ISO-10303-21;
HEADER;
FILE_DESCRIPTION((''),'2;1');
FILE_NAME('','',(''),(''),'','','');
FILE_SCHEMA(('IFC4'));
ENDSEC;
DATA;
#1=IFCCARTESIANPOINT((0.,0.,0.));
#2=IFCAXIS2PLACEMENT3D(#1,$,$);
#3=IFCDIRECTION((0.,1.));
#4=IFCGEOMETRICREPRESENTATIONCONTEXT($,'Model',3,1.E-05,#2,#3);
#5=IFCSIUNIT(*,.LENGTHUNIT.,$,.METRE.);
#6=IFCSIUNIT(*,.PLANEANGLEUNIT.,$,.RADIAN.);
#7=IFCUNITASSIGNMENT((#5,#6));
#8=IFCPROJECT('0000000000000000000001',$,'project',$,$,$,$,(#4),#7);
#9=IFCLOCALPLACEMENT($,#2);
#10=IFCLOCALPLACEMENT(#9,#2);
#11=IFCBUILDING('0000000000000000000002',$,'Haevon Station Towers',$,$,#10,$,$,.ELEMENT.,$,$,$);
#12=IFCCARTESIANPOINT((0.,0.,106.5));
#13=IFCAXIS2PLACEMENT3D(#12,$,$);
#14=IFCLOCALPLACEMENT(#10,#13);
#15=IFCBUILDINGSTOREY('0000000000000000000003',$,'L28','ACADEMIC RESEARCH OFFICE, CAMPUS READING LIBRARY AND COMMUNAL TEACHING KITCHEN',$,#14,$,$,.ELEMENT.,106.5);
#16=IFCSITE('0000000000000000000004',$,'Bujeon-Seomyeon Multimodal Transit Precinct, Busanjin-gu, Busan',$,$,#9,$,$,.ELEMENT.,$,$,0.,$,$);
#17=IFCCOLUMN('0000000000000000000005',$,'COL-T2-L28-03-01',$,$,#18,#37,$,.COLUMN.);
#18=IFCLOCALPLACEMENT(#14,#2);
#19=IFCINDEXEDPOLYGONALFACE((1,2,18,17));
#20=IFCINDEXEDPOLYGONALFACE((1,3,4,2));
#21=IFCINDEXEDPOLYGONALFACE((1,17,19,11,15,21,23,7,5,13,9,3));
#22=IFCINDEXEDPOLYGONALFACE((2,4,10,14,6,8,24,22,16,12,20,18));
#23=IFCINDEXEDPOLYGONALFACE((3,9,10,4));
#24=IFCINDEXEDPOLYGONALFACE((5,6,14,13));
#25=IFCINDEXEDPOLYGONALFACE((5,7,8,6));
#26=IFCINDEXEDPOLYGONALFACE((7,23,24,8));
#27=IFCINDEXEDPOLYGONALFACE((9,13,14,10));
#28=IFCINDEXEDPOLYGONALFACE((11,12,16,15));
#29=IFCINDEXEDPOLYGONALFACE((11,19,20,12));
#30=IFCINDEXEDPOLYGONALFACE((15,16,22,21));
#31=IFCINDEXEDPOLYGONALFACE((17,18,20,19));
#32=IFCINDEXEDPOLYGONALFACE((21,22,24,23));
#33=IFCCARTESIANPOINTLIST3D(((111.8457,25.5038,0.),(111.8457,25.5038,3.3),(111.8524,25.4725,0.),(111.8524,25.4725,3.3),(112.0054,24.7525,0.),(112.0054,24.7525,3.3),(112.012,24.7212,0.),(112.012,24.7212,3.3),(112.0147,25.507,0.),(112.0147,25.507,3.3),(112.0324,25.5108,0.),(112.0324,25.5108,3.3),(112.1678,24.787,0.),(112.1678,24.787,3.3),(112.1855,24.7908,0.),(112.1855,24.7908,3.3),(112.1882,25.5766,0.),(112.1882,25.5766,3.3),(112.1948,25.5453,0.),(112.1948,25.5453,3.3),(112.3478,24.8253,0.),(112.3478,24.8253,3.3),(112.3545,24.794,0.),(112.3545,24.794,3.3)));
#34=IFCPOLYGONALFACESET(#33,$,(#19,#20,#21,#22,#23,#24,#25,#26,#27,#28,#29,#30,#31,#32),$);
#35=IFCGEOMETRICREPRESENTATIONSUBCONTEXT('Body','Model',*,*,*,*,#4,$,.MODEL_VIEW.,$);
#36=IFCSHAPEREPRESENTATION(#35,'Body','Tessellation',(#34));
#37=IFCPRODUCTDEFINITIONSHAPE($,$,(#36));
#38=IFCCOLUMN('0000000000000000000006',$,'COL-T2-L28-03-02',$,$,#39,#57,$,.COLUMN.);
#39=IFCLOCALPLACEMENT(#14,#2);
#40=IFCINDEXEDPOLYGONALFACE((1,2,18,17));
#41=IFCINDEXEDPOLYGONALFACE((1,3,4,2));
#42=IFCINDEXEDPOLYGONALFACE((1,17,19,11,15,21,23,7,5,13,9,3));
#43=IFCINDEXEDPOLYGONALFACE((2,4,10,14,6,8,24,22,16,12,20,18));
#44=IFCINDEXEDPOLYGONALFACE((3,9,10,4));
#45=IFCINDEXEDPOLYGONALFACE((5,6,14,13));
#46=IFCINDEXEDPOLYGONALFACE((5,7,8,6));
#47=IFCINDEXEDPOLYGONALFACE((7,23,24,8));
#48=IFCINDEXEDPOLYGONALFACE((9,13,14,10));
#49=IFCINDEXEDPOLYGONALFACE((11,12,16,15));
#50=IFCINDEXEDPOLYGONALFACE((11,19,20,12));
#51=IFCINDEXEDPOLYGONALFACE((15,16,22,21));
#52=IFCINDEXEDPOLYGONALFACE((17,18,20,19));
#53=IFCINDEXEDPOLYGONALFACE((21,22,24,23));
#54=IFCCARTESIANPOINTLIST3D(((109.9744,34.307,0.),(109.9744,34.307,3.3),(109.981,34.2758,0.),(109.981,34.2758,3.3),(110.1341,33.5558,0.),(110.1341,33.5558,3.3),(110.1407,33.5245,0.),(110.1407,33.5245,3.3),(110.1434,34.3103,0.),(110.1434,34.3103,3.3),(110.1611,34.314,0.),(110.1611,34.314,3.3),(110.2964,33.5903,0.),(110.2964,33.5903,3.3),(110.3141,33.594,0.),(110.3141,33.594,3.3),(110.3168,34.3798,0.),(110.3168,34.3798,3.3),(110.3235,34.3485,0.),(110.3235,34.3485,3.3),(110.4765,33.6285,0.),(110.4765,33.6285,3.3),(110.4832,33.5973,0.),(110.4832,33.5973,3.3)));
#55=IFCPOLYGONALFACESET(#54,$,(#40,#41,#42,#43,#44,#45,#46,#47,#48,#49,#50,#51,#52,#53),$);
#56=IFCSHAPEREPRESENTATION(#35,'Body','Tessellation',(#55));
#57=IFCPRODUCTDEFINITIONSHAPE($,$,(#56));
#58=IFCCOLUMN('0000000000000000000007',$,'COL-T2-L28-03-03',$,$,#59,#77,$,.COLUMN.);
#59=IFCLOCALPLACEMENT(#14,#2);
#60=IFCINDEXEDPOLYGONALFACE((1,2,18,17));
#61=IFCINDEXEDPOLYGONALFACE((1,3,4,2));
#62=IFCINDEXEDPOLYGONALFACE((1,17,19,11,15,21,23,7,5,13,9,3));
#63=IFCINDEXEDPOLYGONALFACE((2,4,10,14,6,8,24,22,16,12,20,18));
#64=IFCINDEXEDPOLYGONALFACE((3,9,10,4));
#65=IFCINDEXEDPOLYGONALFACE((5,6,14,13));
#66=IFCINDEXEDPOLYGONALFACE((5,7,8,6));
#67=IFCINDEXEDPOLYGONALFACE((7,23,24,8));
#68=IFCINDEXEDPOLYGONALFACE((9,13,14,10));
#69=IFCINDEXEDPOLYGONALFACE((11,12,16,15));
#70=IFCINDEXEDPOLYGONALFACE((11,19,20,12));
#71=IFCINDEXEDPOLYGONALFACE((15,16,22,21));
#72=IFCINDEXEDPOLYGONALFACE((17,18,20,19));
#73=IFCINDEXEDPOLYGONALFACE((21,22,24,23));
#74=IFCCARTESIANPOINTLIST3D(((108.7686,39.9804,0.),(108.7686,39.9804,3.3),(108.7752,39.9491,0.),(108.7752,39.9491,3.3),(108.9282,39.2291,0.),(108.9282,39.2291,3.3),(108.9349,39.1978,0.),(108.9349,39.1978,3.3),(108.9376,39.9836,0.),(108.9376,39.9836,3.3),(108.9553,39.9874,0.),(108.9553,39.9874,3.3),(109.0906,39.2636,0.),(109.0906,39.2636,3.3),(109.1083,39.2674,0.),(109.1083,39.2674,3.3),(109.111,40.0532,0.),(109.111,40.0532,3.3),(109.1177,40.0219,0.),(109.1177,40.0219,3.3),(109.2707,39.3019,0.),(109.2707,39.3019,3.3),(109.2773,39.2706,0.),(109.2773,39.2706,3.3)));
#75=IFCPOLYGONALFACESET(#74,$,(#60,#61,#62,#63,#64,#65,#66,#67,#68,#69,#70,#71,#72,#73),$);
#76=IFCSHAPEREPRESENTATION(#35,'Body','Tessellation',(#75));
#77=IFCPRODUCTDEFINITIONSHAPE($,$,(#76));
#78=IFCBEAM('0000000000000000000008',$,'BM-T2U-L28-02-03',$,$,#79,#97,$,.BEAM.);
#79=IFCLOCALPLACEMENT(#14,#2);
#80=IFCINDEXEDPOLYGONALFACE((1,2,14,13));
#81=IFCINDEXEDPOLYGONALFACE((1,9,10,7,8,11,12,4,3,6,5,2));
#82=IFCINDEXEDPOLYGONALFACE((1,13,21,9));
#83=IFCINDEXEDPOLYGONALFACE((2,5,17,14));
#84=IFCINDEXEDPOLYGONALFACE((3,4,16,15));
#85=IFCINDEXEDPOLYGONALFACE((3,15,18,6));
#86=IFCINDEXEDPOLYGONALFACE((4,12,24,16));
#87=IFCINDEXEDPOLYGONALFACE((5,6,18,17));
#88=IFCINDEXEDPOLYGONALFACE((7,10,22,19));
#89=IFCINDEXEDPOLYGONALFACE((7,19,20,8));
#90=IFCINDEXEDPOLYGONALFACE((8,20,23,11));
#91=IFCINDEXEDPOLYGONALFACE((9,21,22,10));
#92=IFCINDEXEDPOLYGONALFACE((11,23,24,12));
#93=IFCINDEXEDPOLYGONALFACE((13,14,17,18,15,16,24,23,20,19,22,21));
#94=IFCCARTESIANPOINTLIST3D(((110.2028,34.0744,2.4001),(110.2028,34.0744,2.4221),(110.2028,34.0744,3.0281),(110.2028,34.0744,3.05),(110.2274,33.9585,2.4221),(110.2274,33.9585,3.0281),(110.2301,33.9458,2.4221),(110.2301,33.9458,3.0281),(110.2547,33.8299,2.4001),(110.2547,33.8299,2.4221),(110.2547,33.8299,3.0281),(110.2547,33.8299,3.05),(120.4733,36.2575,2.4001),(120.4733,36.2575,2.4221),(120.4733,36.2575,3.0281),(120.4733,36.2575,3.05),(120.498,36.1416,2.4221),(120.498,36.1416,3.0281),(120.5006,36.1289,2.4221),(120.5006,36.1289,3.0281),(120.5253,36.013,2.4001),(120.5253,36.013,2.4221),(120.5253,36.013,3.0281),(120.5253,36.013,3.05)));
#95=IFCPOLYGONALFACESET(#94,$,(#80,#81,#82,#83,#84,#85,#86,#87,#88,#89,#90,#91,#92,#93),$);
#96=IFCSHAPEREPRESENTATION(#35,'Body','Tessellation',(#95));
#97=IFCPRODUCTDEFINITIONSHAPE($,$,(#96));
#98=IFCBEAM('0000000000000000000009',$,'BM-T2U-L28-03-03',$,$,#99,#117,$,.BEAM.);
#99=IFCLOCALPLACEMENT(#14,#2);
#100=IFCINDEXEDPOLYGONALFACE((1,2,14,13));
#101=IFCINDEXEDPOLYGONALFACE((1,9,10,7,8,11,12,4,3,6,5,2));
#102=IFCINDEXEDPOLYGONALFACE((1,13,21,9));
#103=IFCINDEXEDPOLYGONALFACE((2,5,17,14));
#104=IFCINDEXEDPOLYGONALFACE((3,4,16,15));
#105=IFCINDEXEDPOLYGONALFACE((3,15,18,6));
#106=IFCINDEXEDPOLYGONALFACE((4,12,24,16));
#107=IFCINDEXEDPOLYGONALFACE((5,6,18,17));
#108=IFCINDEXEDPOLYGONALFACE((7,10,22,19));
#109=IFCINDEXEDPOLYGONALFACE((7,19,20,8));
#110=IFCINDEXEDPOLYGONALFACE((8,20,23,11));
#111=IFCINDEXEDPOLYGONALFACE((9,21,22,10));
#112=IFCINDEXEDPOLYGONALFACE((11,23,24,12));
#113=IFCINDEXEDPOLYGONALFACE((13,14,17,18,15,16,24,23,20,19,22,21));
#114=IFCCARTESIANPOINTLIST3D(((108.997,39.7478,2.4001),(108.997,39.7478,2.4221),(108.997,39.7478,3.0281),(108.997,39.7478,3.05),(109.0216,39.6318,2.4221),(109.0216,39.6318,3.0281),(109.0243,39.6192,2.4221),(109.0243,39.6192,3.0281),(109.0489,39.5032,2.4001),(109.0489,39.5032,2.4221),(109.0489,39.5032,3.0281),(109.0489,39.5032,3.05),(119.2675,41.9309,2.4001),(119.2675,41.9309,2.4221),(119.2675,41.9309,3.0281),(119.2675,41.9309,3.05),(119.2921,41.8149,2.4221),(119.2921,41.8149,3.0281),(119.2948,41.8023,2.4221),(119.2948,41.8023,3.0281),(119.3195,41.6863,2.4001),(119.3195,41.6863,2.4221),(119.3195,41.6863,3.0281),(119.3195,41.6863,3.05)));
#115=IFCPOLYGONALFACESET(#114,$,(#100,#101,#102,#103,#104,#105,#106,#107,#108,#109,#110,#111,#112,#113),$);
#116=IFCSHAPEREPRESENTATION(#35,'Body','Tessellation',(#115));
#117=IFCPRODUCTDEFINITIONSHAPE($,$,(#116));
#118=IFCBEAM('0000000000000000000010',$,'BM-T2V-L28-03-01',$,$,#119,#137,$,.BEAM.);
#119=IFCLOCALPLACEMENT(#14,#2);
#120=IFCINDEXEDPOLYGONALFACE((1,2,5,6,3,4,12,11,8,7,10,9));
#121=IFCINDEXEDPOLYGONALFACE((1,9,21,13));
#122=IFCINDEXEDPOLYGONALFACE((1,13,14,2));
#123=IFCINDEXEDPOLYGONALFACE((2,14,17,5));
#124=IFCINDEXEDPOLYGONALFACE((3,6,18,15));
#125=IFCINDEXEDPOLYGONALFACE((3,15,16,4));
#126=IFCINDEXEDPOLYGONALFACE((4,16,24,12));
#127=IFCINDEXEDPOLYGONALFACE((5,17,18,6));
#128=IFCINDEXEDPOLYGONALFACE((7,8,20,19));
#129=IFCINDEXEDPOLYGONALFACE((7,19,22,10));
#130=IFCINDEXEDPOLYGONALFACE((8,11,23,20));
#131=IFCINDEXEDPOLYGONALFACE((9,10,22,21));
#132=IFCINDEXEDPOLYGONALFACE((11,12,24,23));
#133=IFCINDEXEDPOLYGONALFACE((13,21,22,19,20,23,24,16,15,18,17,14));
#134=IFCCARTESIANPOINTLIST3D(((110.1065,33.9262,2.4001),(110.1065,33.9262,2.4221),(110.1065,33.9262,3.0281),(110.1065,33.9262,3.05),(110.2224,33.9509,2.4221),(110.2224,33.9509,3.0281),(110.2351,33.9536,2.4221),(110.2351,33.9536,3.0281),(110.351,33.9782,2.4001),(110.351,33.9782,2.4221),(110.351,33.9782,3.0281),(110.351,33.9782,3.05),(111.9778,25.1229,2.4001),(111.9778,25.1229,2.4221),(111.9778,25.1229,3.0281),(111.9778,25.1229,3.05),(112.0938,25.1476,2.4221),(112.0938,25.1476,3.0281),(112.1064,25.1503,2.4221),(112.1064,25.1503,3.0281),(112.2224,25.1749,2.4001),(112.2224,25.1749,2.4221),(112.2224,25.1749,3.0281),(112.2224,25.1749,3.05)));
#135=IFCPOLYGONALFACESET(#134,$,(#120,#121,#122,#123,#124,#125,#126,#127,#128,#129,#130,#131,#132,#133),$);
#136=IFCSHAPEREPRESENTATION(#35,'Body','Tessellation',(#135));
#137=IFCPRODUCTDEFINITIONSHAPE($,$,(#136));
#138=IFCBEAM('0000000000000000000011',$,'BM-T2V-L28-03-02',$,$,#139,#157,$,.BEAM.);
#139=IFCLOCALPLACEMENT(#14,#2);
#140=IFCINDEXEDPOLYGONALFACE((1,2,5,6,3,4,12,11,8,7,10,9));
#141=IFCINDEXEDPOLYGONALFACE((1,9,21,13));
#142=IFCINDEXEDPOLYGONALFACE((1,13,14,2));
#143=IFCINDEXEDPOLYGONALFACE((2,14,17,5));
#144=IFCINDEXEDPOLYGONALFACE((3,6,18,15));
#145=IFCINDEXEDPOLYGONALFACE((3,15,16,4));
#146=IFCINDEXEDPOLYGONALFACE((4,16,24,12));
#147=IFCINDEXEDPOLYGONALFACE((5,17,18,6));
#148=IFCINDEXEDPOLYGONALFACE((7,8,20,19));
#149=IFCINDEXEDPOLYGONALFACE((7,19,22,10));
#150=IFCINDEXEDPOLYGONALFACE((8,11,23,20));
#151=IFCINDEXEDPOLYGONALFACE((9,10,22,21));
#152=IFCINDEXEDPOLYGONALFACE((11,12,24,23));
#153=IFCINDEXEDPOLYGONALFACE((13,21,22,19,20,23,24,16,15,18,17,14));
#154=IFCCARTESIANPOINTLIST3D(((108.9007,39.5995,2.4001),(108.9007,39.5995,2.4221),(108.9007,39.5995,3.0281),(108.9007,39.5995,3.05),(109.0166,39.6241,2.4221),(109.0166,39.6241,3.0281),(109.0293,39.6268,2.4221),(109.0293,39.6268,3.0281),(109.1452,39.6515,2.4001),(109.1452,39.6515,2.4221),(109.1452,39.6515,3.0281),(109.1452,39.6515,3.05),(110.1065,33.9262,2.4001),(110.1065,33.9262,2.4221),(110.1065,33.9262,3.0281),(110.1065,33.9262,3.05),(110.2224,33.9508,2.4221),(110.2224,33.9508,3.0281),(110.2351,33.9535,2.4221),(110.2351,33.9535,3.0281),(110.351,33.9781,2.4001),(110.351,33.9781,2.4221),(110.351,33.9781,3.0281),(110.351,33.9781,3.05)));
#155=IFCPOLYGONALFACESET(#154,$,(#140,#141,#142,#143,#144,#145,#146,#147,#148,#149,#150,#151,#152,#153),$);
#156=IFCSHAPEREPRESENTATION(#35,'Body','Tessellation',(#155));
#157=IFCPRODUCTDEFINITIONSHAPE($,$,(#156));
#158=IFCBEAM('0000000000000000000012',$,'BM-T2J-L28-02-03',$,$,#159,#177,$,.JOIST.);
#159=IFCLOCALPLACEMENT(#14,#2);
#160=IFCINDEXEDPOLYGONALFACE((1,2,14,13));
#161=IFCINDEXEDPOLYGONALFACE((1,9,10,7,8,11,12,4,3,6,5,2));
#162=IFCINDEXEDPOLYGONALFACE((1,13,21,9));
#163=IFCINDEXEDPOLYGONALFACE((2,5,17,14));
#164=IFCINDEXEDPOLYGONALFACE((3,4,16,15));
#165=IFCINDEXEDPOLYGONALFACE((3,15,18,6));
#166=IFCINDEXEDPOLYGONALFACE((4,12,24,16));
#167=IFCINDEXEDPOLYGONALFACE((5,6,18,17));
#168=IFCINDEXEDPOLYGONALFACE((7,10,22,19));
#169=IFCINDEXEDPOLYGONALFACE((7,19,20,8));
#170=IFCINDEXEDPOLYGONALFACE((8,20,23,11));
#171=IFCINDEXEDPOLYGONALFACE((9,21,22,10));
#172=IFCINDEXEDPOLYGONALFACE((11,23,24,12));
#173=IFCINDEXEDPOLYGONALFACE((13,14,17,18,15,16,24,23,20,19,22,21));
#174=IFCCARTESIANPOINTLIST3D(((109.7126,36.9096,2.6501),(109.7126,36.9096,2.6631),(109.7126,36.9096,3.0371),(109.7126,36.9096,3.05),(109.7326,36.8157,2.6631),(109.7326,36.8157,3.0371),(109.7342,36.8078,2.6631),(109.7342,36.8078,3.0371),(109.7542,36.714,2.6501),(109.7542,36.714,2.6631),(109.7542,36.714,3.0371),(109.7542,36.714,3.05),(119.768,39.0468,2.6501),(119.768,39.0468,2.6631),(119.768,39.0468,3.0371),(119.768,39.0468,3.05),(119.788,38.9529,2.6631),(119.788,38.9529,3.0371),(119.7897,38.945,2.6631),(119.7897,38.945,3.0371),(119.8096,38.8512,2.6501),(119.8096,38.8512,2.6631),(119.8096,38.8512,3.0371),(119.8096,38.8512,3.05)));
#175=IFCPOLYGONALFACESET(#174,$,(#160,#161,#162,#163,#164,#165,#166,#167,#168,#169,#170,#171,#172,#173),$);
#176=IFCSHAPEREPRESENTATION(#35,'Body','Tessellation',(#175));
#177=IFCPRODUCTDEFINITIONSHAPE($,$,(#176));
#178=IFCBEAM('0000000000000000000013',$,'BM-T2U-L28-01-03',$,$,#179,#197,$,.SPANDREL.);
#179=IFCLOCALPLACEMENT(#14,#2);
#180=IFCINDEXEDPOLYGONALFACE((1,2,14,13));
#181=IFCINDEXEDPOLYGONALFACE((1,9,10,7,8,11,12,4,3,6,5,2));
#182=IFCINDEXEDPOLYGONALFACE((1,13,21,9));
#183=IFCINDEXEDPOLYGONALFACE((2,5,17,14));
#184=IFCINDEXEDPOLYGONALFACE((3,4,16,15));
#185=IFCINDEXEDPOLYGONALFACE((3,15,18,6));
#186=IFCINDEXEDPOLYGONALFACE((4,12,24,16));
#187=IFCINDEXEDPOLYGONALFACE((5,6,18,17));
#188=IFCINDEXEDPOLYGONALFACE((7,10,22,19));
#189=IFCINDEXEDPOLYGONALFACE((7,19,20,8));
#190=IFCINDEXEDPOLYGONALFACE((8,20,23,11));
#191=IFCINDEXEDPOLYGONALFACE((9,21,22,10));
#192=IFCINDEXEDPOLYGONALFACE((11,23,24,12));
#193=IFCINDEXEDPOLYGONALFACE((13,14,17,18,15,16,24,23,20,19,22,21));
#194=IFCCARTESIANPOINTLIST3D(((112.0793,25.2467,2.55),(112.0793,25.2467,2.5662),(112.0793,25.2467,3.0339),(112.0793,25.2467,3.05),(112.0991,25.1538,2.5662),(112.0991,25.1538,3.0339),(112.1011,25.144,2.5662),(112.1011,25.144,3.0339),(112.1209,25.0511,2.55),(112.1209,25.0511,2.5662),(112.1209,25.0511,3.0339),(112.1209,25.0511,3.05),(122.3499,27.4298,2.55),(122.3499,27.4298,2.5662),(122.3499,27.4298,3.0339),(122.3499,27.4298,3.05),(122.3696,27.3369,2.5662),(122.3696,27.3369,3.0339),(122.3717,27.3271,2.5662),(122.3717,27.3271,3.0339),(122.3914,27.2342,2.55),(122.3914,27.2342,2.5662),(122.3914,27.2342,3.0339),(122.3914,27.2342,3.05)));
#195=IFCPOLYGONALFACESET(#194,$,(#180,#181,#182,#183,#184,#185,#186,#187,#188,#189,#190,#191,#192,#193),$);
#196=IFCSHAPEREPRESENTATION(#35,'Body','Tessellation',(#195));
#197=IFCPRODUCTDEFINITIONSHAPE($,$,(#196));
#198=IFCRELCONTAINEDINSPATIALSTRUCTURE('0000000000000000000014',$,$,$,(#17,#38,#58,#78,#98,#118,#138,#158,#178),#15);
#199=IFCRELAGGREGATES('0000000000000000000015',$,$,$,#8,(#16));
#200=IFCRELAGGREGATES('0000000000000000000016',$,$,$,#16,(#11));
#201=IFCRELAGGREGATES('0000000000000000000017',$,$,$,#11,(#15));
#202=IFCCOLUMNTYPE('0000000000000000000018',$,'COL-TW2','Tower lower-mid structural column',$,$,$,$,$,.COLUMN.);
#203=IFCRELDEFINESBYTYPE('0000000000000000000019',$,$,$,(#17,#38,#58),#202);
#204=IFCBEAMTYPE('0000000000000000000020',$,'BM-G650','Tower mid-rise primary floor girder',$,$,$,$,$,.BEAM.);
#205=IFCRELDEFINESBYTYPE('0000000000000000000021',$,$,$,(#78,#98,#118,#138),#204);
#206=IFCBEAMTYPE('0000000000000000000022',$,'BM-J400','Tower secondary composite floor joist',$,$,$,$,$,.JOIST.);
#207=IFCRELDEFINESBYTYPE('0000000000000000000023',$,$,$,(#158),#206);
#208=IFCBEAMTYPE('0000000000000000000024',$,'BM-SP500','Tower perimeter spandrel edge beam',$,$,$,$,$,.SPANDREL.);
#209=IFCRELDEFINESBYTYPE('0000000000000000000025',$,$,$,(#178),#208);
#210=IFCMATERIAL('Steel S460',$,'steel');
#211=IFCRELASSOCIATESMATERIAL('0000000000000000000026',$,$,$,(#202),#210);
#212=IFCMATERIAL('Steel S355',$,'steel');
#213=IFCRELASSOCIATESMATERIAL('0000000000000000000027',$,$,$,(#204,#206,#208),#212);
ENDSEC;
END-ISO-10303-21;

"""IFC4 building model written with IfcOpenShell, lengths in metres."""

from ifc_helpers import new_model, si_unit, direction, frame, origin, origin_2d, place, context, subcontext, project, spatial, i_section, extrude, material, material_profile, profile_set, type_object, element, save


model = new_model("IFC4")

# Units and contexts
model_context = context("Model", 3, precision=1e-05, world=origin(), true_north=direction((0.0, 1.0)))
body_context = subcontext(model_context, "Body", "Model", "MODEL_VIEW")
ifc_project = project(units=[si_unit("LENGTHUNIT", "METRE"), si_unit("PLANEANGLEUNIT", "RADIAN")], contexts=[model_context])

# Site, building, storey
site_placement = place(None, origin())
site = spatial("IfcSite", under=ifc_project, at=site_placement, Name="Bujeon-Seomyeon Multimodal Transit Precinct, Busanjin-gu, Busan", CompositionType="ELEMENT", RefElevation=0.0)
building_placement = place(site_placement, origin())
building = spatial("IfcBuilding", under=site, at=building_placement, Name="Haevon Station Towers", CompositionType="ELEMENT")
storey_placement = place(building_placement, frame((0.0, 0.0, 106.5)))
storey = spatial("IfcBuildingStorey", under=building, at=storey_placement, Name="L28", Description="ACADEMIC RESEARCH OFFICE, CAMPUS READING LIBRARY AND COMMUNAL TEACHING KITCHEN", CompositionType="ELEMENT", Elevation=106.5)

# Columns
ifc_material_1 = material(Name="Steel S460", Category="steel")
ifc_material_profile_1 = material_profile(ifc_material_1, i_section(OverallWidth=0.3501, OverallDepth=0.8, WebThickness=0.0181, FlangeThickness=0.032, at=origin_2d()), Name="H-800x350x18x32")
ifc_profile_set_1 = profile_set([ifc_material_profile_1], Name="Steel S460")
column_type = type_object("IfcColumnType", Name="COL-TW2", Description="Tower lower-mid structural column", PredefinedType="COLUMN", material=ifc_profile_set_1)
for number, where, z_axis, x_axis, name in (
    (1, (112.1001, 25.1489, 0.0), (0.0, 0.0, 1.0), (0.978148, 0.207912, 0.0), "COL-T2-L28-03-01"),
    (2, (110.2288, 33.9521, 0.0), (0.0, 0.0, 1.0), (0.978148, 0.207912, 0.0), "COL-T2-L28-03-02"),
    (3, (109.0229, 39.6255, 0.0), (0.0, 0.0, 1.0), (0.978148, 0.207912, 0.0), "COL-T2-L28-03-03"),
):
    element("IfcColumn", number, at=place(storey_placement, frame(where, z_axis=z_axis, x_axis=x_axis)), inside=storey, type_object=column_type, Name=name, PredefinedType="COLUMN", context=body_context, shape_type="SweptSolid", body=[
        extrude(i_section(OverallWidth=0.3501, OverallDepth=0.8, WebThickness=0.0181, FlangeThickness=0.032, at=origin_2d()), origin(), (0.0, 0.0, 1.0), 3.3),
    ])

# Beams
ifc_material_2 = material(Name="Steel S355", Category="steel")
ifc_material_profile_2 = material_profile(ifc_material_2, i_section(OverallWidth=0.25, OverallDepth=0.6499, WebThickness=0.0129, FlangeThickness=0.022, at=origin_2d()), Name="H-650x250x13x22")
ifc_profile_set_2 = profile_set([ifc_material_profile_2], Name="Steel S355")
beam_type_1 = type_object("IfcBeamType", Name="BM-G650", Description="Tower mid-rise primary floor girder", PredefinedType="BEAM", material=ifc_profile_set_2)
for number, where, z_axis, x_axis, name in (
    (4, (110.2288, 33.9521, 2.7251), (0.978147, 0.207915, 0.0), (-0.207915, 0.978147, 0.0), "BM-T2U-L28-02-03"),
    (5, (109.0229, 39.6255, 2.7251), (0.978147, 0.207915, 0.0), (-0.207915, 0.978147, 0.0), "BM-T2U-L28-03-03"),
):
    element("IfcBeam", number, at=place(storey_placement, frame(where, z_axis=z_axis, x_axis=x_axis)), inside=storey, type_object=beam_type_1, Name=name, PredefinedType="BEAM", context=body_context, shape_type="SweptSolid", body=[
        extrude(i_section(OverallWidth=0.25, OverallDepth=0.6499, WebThickness=0.0129, FlangeThickness=0.022, at=origin_2d()), origin(), (0.0, 0.0, 1.0), 10.5),
    ])
beam_1_placement = place(storey_placement, frame((112.1001, 25.1489, 2.7251), z_axis=(-0.207928, 0.978144, 0.0), x_axis=(-0.978144, -0.207928, 0.0)))
element("IfcBeam", 6, at=beam_1_placement, inside=storey, type_object=beam_type_1, Name="BM-T2V-L28-03-01", PredefinedType="BEAM", context=body_context, shape_type="SweptSolid", body=[
    extrude(i_section(OverallWidth=0.25, OverallDepth=0.6499, WebThickness=0.0129, FlangeThickness=0.022, at=origin_2d()), origin(), (0.0, 0.0, 1.0), 9.0),
])
beam_2_placement = place(storey_placement, frame((110.2288, 33.9521, 2.7251), z_axis=(-0.207896, 0.978151, 0.0), x_axis=(-0.978151, -0.207896, 0.0)))
element("IfcBeam", 7, at=beam_2_placement, inside=storey, type_object=beam_type_1, Name="BM-T2V-L28-03-02", PredefinedType="BEAM", context=body_context, shape_type="SweptSolid", body=[
    extrude(i_section(OverallWidth=0.25, OverallDepth=0.6499, WebThickness=0.0129, FlangeThickness=0.022, at=origin_2d()), origin(), (0.0, 0.0, 1.0), 5.8),
])
ifc_material_profile_3 = material_profile(ifc_material_2, i_section(OverallWidth=0.2, OverallDepth=0.3999, WebThickness=0.0081, FlangeThickness=0.0129, at=origin_2d()), Name="H-400x200x8x13")
ifc_profile_set_3 = profile_set([ifc_material_profile_3], Name="Steel S355")
beam_type_2 = type_object("IfcBeamType", Name="BM-J400", Description="Tower secondary composite floor joist", PredefinedType="JOIST", material=ifc_profile_set_3)
beam_3_placement = place(storey_placement, frame((109.7334, 36.8118, 2.8501), z_axis=(0.97815, 0.207899, 0.0), x_axis=(-0.207899, 0.97815, 0.0)))
element("IfcBeam", 8, at=beam_3_placement, inside=storey, type_object=beam_type_2, Name="BM-T2J-L28-02-03", PredefinedType="JOIST", context=body_context, shape_type="SweptSolid", body=[
    extrude(i_section(OverallWidth=0.2, OverallDepth=0.3999, WebThickness=0.0081, FlangeThickness=0.0129, at=origin_2d()), origin(), (0.0, 0.0, 1.0), 10.28),
])
ifc_material_profile_4 = material_profile(ifc_material_2, i_section(OverallWidth=0.2, OverallDepth=0.5, WebThickness=0.01, FlangeThickness=0.0161, at=origin_2d()), Name="H-500x200x10x16")
ifc_profile_set_4 = profile_set([ifc_material_profile_4], Name="Steel S355")
beam_type_3 = type_object("IfcBeamType", Name="BM-SP500", Description="Tower perimeter spandrel edge beam", PredefinedType="SPANDREL", material=ifc_profile_set_4)
beam_4_placement = place(storey_placement, frame((112.1001, 25.1489, 2.8), z_axis=(0.978147, 0.207915, 0.0), x_axis=(-0.207915, 0.978147, 0.0)))
element("IfcBeam", 9, at=beam_4_placement, inside=storey, type_object=beam_type_3, Name="BM-T2U-L28-01-03", PredefinedType="SPANDREL", context=body_context, shape_type="SweptSolid", body=[
    extrude(i_section(OverallWidth=0.2, OverallDepth=0.5, WebThickness=0.01, FlangeThickness=0.0161, at=origin_2d()), origin(), (0.0, 0.0, 1.0), 10.5),
])

save(model, "model.ifc")
